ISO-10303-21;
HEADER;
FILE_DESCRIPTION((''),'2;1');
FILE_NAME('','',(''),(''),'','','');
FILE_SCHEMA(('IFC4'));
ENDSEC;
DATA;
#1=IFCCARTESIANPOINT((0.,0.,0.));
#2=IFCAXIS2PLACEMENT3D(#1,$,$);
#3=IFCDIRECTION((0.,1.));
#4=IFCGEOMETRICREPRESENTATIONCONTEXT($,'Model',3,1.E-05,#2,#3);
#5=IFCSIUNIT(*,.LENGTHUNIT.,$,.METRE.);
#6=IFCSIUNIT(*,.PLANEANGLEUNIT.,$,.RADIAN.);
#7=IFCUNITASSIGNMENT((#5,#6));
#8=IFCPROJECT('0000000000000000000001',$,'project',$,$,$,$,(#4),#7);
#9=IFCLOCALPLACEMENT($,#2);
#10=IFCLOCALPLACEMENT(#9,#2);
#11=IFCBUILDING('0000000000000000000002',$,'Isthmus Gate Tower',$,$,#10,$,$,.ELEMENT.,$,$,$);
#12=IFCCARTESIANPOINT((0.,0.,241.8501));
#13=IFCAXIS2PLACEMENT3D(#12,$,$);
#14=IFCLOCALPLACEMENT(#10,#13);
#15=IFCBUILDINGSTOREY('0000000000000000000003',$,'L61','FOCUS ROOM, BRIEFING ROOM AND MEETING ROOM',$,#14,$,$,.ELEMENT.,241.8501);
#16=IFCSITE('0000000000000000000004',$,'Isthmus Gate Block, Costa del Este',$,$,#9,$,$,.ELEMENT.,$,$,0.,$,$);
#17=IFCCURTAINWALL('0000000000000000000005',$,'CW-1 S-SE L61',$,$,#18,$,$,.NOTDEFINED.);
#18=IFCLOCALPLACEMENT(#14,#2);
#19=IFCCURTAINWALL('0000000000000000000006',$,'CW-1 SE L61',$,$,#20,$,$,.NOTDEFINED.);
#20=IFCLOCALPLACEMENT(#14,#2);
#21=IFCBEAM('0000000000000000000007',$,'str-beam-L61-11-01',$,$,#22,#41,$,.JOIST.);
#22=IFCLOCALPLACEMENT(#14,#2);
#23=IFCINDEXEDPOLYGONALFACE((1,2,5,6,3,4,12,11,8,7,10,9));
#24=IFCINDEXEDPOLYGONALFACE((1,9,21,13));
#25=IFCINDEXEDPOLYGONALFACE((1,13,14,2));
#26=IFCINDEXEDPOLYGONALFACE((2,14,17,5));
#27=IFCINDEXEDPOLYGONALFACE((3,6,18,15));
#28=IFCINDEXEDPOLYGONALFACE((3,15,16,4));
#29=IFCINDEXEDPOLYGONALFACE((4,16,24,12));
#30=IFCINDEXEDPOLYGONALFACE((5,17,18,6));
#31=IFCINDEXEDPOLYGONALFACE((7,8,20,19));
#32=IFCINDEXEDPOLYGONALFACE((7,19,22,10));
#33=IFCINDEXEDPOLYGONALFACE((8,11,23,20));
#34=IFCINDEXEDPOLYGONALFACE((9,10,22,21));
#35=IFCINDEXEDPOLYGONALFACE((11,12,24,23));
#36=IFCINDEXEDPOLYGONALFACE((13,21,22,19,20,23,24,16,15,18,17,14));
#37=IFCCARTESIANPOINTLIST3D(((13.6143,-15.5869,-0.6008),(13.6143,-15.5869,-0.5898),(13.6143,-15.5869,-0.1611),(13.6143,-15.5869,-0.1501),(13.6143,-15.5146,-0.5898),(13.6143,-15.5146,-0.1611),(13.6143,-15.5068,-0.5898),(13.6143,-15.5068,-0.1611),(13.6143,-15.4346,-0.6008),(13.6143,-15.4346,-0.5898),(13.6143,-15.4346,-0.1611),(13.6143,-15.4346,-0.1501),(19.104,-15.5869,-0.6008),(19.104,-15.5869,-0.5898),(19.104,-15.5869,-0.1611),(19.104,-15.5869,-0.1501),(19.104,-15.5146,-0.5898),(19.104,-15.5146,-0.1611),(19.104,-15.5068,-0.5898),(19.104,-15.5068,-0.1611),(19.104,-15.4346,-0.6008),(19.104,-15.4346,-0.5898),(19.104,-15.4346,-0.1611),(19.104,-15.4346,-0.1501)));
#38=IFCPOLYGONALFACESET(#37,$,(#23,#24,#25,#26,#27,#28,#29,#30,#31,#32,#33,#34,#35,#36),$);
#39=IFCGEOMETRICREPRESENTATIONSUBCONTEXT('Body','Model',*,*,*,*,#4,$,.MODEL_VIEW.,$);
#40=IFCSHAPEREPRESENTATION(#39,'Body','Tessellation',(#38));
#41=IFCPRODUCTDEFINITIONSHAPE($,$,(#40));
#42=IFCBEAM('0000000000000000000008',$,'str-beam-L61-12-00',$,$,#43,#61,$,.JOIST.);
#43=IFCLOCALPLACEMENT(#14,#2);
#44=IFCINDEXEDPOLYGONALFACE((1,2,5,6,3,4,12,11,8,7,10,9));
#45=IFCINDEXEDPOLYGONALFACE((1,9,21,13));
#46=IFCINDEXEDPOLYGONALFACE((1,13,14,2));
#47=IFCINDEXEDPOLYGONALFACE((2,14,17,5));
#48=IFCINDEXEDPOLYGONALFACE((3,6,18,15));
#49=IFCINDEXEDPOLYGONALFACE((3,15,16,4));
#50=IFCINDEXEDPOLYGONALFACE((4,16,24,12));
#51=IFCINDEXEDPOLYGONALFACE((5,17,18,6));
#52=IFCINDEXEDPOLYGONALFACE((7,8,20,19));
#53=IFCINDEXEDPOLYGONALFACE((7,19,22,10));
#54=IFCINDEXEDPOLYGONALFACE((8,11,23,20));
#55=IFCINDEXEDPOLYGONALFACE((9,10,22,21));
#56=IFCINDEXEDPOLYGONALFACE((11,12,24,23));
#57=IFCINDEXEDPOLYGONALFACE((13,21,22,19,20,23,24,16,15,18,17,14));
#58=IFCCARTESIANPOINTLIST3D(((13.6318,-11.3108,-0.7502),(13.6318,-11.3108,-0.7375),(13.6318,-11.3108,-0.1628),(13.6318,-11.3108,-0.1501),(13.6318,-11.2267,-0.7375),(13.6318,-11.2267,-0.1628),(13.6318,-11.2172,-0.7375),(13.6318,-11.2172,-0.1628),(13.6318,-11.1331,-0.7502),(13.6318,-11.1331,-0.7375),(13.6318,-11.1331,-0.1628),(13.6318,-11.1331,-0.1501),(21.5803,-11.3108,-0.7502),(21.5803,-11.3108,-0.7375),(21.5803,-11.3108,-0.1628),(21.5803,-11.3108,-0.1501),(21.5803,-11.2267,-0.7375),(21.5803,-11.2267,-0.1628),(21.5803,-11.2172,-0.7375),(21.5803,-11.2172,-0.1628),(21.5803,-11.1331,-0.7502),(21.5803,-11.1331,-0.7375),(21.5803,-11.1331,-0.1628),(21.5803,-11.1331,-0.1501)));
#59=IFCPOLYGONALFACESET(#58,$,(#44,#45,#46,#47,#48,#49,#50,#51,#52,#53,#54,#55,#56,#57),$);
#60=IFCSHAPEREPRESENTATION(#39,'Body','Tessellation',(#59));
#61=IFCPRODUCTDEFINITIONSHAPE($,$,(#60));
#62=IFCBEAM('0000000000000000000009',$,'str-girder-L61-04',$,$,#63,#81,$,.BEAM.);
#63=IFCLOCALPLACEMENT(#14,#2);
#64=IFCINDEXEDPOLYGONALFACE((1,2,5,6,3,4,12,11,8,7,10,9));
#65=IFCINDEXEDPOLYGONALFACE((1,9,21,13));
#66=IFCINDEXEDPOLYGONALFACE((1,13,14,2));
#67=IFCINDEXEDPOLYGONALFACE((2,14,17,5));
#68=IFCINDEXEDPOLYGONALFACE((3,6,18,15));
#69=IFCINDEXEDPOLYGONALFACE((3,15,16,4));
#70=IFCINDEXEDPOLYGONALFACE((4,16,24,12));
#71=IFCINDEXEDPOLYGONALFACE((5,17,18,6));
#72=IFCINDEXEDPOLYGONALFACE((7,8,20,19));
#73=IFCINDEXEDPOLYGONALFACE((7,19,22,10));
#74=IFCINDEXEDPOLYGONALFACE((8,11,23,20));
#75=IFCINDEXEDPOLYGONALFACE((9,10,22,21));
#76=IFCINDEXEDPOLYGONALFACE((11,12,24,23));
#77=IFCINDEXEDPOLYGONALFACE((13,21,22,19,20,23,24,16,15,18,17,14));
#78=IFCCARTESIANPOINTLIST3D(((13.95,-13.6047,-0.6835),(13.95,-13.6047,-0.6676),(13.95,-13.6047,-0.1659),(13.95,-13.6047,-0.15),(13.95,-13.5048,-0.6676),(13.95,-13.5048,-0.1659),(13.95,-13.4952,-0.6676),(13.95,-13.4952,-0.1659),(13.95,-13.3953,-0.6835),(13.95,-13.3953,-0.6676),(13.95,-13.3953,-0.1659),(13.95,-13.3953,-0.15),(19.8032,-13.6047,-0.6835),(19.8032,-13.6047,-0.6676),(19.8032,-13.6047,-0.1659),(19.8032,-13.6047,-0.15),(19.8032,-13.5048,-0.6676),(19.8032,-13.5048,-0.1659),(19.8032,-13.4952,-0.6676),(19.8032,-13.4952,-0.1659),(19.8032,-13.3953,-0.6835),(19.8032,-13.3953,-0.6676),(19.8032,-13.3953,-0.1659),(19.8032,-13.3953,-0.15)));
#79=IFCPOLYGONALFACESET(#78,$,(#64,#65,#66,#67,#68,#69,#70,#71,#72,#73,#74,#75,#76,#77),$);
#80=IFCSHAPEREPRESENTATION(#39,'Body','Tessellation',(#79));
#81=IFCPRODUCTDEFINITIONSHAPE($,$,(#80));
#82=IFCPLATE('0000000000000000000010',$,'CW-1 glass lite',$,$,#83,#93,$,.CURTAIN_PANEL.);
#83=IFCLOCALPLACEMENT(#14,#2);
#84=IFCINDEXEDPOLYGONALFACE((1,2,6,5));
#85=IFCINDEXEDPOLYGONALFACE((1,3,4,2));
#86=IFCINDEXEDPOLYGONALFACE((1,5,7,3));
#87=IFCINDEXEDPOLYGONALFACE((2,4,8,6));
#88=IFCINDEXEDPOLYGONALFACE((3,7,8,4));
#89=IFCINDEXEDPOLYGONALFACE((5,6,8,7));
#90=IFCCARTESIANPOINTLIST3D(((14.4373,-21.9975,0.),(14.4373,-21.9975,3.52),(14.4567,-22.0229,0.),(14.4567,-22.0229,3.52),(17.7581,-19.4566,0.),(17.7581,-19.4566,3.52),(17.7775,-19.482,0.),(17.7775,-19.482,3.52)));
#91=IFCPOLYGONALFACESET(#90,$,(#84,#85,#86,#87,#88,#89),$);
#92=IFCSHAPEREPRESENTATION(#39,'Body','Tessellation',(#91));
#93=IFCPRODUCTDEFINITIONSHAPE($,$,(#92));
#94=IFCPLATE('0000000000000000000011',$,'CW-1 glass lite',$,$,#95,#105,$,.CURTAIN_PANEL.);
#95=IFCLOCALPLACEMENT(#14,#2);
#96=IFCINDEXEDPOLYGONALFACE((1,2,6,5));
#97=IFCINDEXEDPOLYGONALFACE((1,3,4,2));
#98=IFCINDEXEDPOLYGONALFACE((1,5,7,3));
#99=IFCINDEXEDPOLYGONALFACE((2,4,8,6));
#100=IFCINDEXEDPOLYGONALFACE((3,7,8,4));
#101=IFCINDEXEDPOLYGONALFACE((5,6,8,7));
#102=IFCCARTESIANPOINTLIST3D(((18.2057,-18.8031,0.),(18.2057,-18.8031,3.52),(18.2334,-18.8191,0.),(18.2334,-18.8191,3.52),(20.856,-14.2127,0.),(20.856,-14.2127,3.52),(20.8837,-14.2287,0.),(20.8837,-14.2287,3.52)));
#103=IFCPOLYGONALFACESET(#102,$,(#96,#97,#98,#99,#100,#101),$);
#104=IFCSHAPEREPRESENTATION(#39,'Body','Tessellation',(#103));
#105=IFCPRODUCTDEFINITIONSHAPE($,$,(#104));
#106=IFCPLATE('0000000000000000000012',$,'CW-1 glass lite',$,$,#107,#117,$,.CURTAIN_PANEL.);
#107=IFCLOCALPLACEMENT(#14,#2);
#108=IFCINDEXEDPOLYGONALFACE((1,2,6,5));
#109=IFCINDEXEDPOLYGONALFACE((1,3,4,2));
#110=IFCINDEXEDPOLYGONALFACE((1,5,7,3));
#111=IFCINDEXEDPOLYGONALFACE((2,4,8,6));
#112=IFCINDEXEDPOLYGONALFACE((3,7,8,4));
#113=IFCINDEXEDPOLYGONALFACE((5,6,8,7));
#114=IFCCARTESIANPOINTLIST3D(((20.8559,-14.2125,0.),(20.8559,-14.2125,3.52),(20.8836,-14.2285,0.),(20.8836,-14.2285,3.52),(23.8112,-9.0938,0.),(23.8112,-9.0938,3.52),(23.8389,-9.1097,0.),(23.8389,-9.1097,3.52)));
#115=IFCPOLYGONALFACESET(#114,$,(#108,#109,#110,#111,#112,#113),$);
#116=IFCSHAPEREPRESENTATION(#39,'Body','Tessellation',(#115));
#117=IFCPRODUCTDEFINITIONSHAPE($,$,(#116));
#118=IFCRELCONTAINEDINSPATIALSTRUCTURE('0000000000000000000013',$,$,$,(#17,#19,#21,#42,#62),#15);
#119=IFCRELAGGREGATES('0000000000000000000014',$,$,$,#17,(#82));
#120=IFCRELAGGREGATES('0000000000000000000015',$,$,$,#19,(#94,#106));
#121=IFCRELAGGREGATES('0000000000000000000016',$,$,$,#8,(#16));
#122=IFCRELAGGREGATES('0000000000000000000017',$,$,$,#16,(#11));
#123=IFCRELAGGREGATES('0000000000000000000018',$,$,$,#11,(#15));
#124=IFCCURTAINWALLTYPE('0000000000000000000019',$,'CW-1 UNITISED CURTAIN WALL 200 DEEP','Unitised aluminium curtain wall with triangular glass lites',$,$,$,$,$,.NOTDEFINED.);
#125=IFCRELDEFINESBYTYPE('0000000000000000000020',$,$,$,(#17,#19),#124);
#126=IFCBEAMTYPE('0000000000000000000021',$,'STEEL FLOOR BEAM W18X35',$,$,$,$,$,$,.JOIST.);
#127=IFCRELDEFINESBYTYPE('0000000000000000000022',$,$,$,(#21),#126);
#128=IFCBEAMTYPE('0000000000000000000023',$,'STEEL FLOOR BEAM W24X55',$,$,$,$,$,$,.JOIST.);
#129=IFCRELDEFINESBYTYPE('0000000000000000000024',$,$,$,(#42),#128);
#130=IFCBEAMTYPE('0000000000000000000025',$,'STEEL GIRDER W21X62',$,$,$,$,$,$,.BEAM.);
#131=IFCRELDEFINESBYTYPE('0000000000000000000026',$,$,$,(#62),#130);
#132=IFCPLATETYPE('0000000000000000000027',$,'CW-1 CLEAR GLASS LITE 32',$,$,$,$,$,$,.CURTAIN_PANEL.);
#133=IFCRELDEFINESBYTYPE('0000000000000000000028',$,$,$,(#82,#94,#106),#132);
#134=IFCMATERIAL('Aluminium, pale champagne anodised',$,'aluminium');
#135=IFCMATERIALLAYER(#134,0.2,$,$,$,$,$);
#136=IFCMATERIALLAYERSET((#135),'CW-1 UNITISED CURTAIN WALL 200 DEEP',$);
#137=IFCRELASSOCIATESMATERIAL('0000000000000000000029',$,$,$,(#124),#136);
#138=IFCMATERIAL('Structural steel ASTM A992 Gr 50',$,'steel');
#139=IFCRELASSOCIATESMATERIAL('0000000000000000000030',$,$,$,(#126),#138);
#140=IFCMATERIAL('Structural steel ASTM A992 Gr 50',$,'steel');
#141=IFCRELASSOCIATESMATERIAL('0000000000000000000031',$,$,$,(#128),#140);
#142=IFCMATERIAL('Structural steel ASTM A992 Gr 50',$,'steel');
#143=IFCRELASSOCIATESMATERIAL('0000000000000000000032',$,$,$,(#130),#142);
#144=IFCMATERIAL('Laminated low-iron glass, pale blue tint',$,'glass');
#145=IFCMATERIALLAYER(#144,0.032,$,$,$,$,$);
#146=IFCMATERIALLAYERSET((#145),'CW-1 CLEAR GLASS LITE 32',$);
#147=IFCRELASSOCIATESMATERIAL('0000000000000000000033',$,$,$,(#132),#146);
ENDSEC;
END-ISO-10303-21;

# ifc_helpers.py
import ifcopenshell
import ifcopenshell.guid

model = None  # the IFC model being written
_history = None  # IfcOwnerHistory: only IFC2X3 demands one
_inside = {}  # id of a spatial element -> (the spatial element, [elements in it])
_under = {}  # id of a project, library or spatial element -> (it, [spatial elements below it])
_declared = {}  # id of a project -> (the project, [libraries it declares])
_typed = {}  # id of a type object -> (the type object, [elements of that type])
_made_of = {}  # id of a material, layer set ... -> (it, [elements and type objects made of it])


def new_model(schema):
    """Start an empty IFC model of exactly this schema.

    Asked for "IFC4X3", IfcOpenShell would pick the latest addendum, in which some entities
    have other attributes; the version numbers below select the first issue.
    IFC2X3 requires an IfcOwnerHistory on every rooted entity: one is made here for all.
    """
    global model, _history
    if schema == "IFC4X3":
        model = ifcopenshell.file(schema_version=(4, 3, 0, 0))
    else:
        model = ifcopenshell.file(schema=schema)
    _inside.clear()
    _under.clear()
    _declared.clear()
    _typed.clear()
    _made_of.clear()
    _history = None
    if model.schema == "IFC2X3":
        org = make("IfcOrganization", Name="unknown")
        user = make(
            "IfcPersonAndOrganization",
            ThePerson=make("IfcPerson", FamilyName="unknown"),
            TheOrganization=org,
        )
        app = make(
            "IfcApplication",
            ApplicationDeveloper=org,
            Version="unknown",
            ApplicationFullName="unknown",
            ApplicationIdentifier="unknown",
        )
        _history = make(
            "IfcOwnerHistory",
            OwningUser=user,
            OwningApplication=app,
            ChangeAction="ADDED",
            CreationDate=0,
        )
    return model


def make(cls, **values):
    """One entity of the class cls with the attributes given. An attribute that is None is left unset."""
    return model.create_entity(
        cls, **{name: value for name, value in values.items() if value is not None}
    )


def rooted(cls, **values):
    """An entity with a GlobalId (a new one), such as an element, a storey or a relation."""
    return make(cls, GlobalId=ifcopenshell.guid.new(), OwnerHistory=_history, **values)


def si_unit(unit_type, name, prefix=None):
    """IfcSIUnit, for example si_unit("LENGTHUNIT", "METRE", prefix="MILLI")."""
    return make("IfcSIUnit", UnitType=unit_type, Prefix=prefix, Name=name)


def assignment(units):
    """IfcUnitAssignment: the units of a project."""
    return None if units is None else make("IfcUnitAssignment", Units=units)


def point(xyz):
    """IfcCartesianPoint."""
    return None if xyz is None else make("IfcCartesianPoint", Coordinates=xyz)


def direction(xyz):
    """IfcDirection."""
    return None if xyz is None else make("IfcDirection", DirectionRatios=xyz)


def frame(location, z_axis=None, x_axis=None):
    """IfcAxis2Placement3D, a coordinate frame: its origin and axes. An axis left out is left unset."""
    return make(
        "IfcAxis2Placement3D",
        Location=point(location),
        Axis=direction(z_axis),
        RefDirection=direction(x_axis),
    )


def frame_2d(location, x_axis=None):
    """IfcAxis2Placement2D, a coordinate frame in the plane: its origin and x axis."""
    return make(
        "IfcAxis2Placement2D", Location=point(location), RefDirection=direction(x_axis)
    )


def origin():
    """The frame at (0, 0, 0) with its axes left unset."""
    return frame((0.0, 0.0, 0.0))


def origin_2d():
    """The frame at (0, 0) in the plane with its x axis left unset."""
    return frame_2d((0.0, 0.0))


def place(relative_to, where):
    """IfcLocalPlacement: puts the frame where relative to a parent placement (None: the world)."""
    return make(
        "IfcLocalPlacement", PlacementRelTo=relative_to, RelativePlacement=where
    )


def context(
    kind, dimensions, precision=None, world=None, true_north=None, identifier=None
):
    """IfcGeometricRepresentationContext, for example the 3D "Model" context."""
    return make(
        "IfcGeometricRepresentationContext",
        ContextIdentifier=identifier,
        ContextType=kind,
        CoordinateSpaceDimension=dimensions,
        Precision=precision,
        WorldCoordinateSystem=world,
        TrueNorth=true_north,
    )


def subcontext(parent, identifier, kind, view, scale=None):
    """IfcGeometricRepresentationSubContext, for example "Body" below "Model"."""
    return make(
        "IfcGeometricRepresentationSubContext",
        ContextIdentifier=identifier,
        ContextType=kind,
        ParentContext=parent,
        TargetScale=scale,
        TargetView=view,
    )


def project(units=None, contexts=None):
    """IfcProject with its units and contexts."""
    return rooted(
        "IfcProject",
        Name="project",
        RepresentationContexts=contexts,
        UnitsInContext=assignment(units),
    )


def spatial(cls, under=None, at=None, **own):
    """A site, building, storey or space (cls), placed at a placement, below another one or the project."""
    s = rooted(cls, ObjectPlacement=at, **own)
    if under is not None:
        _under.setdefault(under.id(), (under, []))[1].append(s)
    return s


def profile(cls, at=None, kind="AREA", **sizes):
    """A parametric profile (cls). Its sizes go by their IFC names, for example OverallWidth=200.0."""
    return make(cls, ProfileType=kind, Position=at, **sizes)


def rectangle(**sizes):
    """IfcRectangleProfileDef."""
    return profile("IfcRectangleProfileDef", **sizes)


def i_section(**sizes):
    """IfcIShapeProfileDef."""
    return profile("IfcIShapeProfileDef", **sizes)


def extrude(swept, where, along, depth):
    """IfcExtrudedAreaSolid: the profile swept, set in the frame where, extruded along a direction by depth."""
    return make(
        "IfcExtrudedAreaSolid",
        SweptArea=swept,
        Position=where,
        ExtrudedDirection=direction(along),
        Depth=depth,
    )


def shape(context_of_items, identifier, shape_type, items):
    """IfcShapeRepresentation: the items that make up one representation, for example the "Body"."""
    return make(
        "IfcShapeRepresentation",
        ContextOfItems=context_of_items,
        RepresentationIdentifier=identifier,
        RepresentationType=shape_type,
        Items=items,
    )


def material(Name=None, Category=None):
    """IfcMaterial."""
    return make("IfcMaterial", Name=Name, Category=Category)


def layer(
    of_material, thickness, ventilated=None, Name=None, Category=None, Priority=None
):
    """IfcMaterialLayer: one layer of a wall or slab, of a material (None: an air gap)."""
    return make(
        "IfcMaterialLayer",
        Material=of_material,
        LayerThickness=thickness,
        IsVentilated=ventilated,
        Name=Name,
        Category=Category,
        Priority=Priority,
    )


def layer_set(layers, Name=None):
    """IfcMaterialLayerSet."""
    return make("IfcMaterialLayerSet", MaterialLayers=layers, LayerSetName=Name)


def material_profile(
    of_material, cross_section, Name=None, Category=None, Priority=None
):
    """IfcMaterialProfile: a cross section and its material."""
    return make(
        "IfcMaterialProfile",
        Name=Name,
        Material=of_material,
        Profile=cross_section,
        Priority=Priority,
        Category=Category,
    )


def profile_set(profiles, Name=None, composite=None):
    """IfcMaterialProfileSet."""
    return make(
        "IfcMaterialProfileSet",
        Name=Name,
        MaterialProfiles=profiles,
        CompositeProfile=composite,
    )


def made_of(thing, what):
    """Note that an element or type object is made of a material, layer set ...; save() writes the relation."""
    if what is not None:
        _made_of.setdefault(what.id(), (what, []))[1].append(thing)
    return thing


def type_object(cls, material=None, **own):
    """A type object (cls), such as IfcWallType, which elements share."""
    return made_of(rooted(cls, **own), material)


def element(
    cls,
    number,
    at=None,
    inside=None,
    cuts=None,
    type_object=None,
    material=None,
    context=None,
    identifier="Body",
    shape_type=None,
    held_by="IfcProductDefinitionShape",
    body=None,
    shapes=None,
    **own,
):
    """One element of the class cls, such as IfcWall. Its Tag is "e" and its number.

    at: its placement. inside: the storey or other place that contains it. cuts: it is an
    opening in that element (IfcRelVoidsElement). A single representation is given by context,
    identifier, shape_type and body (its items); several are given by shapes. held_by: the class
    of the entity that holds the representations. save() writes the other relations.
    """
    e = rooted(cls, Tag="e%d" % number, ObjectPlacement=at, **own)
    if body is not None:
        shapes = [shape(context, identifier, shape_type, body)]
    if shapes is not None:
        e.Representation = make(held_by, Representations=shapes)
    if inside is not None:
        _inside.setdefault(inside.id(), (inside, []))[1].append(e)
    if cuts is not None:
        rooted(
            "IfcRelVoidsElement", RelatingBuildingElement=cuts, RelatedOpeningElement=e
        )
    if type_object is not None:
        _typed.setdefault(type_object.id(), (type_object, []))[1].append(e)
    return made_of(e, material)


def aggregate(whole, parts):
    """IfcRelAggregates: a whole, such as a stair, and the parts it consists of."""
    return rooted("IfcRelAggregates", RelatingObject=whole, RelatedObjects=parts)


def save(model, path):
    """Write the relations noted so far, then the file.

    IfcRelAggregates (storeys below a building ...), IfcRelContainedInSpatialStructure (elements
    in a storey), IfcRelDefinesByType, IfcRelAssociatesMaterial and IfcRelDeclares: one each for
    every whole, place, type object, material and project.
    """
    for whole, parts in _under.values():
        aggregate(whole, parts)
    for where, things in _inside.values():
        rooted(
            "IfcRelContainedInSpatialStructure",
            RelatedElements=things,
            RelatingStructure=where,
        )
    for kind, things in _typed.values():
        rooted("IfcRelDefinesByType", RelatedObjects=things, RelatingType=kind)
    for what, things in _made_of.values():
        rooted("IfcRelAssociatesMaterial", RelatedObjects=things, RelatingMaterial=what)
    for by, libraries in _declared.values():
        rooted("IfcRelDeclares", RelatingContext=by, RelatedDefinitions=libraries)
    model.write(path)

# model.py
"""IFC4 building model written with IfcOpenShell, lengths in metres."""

from ifc_helpers import new_model, si_unit, direction, frame, origin, origin_2d, place, context, subcontext, project, spatial, rectangle, i_section, extrude, material, layer, layer_set, material_profile, profile_set, type_object, element, aggregate, save


model = new_model("IFC4")

# Units and contexts
model_context = context("Model", 3, precision=1e-05, world=origin(), true_north=direction((0.0, 1.0)))
body_context = subcontext(model_context, "Body", "Model", "MODEL_VIEW")
ifc_project = project(units=[si_unit("LENGTHUNIT", "METRE"), si_unit("PLANEANGLEUNIT", "RADIAN")], contexts=[model_context])

# Site, building, storey
site_placement = place(None, origin())
site = spatial("IfcSite", under=ifc_project, at=site_placement, Name="Isthmus Gate Block, Costa del Este", CompositionType="ELEMENT", RefElevation=0.0)
building_placement = place(site_placement, origin())
building = spatial("IfcBuilding", under=site, at=building_placement, Name="Isthmus Gate Tower", CompositionType="ELEMENT")
storey_placement = place(building_placement, frame((0.0, 0.0, 241.8501)))
storey = spatial("IfcBuildingStorey", under=building, at=storey_placement, Name="L61", Description="FOCUS ROOM, BRIEFING ROOM AND MEETING ROOM", CompositionType="ELEMENT", Elevation=241.8501)

# Curtain wall
ifc_material_1 = material(Name="Aluminium, pale champagne anodised", Category="aluminium")
ifc_layer_1 = layer(ifc_material_1, 0.2)
ifc_layer_set_1 = layer_set([ifc_layer_1], Name="CW-1 UNITISED CURTAIN WALL 200 DEEP")
curtain_wall_type = type_object("IfcCurtainWallType", Name="CW-1 UNITISED CURTAIN WALL 200 DEEP", Description="Unitised aluminium curtain wall with triangular glass lites", PredefinedType="NOTDEFINED", material=ifc_layer_set_1)
curtain_wall_1_placement = place(storey_placement, origin())
curtain_wall_1 = element("IfcCurtainWall", 1, at=curtain_wall_1_placement, inside=storey, type_object=curtain_wall_type, Name="CW-1 S-SE L61", PredefinedType="NOTDEFINED")

# Curtain wall
curtain_wall_2_placement = place(storey_placement, origin())
curtain_wall_2 = element("IfcCurtainWall", 2, at=curtain_wall_2_placement, inside=storey, type_object=curtain_wall_type, Name="CW-1 SE L61", PredefinedType="NOTDEFINED")

# Beams
ifc_material_2 = material(Name="Structural steel ASTM A992 Gr 50", Category="steel")
ifc_material_profile_1 = material_profile(ifc_material_2, i_section(OverallWidth=0.1523, OverallDepth=0.4507, WebThickness=0.0078, FlangeThickness=0.011, at=origin_2d()), Name="W18X35")
ifc_profile_set_1 = profile_set([ifc_material_profile_1], Name="Structural steel ASTM A992 Gr 50")
beam_type_1 = type_object("IfcBeamType", Name="STEEL FLOOR BEAM W18X35", PredefinedType="JOIST", material=ifc_profile_set_1)
beam_1_placement = place(storey_placement, frame((13.6143, -15.5107, -0.3755), z_axis=(1.0, 0.0, 0.0), x_axis=(0.0, 1.0, 0.0)))
element("IfcBeam", 3, at=beam_1_placement, inside=storey, type_object=beam_type_1, Name="str-beam-L61-11-01", PredefinedType="JOIST", context=body_context, shape_type="SweptSolid", body=[
    extrude(i_section(OverallWidth=0.1523, OverallDepth=0.4507, WebThickness=0.0078, FlangeThickness=0.011, at=origin_2d()), origin(), (0.0, 0.0, 1.0), 5.4897),
])
ifc_material_3 = material(Name="Structural steel ASTM A992 Gr 50", Category="steel")
ifc_material_profile_2 = material_profile(ifc_material_3, i_section(OverallWidth=0.1777, OverallDepth=0.6001, WebThickness=0.0095, FlangeThickness=0.0127, at=origin_2d()), Name="W24X55")
ifc_profile_set_2 = profile_set([ifc_material_profile_2], Name="Structural steel ASTM A992 Gr 50")
beam_type_2 = type_object("IfcBeamType", Name="STEEL FLOOR BEAM W24X55", PredefinedType="JOIST", material=ifc_profile_set_2)
beam_2_placement = place(storey_placement, frame((13.6318, -11.2219, -0.4502), z_axis=(1.0, 0.0, 0.0), x_axis=(0.0, 1.0, 0.0)))
element("IfcBeam", 4, at=beam_2_placement, inside=storey, type_object=beam_type_2, Name="str-beam-L61-12-00", PredefinedType="JOIST", context=body_context, shape_type="SweptSolid", body=[
    extrude(i_section(OverallWidth=0.1777, OverallDepth=0.6001, WebThickness=0.0095, FlangeThickness=0.0127, at=origin_2d()), origin(), (0.0, 0.0, 1.0), 7.9485),
])
ifc_material_4 = material(Name="Structural steel ASTM A992 Gr 50", Category="steel")
ifc_material_profile_3 = material_profile(ifc_material_4, i_section(OverallWidth=0.2095, OverallDepth=0.5334, WebThickness=0.0095, FlangeThickness=0.0159, at=origin_2d()), Name="W21X62")
ifc_profile_set_3 = profile_set([ifc_material_profile_3], Name="Structural steel ASTM A992 Gr 50")
beam_type_3 = type_object("IfcBeamType", Name="STEEL GIRDER W21X62", PredefinedType="BEAM", material=ifc_profile_set_3)
beam_3_placement = place(storey_placement, frame((13.95, -13.5, -0.4167), z_axis=(1.0, 0.0, 0.0), x_axis=(0.0, 1.0, 0.0)))
element("IfcBeam", 5, at=beam_3_placement, inside=storey, type_object=beam_type_3, Name="str-girder-L61-04", PredefinedType="BEAM", context=body_context, shape_type="SweptSolid", body=[
    extrude(i_section(OverallWidth=0.2095, OverallDepth=0.5334, WebThickness=0.0095, FlangeThickness=0.0159, at=origin_2d()), origin(), (0.0, 0.0, 1.0), 5.8533),
])

# Plates
ifc_material_5 = material(Name="Laminated low-iron glass, pale blue tint", Category="glass")
ifc_layer_2 = layer(ifc_material_5, 0.032)
ifc_layer_set_2 = layer_set([ifc_layer_2], Name="CW-1 CLEAR GLASS LITE 32")
plate_type = type_object("IfcPlateType", Name="CW-1 CLEAR GLASS LITE 32", PredefinedType="CURTAIN_PANEL", material=ifc_layer_set_2)
plate_1_placement = place(storey_placement, frame((16.1074, -20.7397, 0.0), z_axis=(0.0, 0.0, 1.0), x_axis=(0.794189, 0.607671, 0.0)))
plate_1 = element("IfcPlate", 6, at=plate_1_placement, type_object=plate_type, Name="CW-1 glass lite", PredefinedType="CURTAIN_PANEL", context=body_context, shape_type="SweptSolid", body=[
    extrude(rectangle(XDim=4.1814, YDim=0.032, at=origin_2d()), origin(), (0.0, 0.0, 1.0), 3.52),
])
aggregate(curtain_wall_1, [plate_1])
plate_2_placement = place(storey_placement, frame((19.5447, -16.5159, 0.0), z_axis=(0.0, 0.0, 1.0), x_axis=(0.5, 0.866025, 0.0)))
plate_2 = element("IfcPlate", 7, at=plate_2_placement, type_object=plate_type, Name="CW-1 glass lite", PredefinedType="CURTAIN_PANEL", context=body_context, shape_type="SweptSolid", body=[
    extrude(rectangle(XDim=5.3005, YDim=0.032, at=origin_2d()), origin(), (0.0, 0.0, 1.0), 3.52),
])
plate_3_placement = place(storey_placement, frame((22.3474, -11.6611, 0.0), z_axis=(0.0, 0.0, 1.0), x_axis=(0.5, 0.866025, 0.0)))
plate_3 = element("IfcPlate", 8, at=plate_3_placement, type_object=plate_type, Name="CW-1 glass lite", PredefinedType="CURTAIN_PANEL", context=body_context, shape_type="SweptSolid", body=[
    extrude(rectangle(XDim=5.9106, YDim=0.032, at=origin_2d()), origin(), (0.0, 0.0, 1.0), 3.52),
])
aggregate(curtain_wall_2, [plate_2, plate_3])

save(model, "model.ifc")
